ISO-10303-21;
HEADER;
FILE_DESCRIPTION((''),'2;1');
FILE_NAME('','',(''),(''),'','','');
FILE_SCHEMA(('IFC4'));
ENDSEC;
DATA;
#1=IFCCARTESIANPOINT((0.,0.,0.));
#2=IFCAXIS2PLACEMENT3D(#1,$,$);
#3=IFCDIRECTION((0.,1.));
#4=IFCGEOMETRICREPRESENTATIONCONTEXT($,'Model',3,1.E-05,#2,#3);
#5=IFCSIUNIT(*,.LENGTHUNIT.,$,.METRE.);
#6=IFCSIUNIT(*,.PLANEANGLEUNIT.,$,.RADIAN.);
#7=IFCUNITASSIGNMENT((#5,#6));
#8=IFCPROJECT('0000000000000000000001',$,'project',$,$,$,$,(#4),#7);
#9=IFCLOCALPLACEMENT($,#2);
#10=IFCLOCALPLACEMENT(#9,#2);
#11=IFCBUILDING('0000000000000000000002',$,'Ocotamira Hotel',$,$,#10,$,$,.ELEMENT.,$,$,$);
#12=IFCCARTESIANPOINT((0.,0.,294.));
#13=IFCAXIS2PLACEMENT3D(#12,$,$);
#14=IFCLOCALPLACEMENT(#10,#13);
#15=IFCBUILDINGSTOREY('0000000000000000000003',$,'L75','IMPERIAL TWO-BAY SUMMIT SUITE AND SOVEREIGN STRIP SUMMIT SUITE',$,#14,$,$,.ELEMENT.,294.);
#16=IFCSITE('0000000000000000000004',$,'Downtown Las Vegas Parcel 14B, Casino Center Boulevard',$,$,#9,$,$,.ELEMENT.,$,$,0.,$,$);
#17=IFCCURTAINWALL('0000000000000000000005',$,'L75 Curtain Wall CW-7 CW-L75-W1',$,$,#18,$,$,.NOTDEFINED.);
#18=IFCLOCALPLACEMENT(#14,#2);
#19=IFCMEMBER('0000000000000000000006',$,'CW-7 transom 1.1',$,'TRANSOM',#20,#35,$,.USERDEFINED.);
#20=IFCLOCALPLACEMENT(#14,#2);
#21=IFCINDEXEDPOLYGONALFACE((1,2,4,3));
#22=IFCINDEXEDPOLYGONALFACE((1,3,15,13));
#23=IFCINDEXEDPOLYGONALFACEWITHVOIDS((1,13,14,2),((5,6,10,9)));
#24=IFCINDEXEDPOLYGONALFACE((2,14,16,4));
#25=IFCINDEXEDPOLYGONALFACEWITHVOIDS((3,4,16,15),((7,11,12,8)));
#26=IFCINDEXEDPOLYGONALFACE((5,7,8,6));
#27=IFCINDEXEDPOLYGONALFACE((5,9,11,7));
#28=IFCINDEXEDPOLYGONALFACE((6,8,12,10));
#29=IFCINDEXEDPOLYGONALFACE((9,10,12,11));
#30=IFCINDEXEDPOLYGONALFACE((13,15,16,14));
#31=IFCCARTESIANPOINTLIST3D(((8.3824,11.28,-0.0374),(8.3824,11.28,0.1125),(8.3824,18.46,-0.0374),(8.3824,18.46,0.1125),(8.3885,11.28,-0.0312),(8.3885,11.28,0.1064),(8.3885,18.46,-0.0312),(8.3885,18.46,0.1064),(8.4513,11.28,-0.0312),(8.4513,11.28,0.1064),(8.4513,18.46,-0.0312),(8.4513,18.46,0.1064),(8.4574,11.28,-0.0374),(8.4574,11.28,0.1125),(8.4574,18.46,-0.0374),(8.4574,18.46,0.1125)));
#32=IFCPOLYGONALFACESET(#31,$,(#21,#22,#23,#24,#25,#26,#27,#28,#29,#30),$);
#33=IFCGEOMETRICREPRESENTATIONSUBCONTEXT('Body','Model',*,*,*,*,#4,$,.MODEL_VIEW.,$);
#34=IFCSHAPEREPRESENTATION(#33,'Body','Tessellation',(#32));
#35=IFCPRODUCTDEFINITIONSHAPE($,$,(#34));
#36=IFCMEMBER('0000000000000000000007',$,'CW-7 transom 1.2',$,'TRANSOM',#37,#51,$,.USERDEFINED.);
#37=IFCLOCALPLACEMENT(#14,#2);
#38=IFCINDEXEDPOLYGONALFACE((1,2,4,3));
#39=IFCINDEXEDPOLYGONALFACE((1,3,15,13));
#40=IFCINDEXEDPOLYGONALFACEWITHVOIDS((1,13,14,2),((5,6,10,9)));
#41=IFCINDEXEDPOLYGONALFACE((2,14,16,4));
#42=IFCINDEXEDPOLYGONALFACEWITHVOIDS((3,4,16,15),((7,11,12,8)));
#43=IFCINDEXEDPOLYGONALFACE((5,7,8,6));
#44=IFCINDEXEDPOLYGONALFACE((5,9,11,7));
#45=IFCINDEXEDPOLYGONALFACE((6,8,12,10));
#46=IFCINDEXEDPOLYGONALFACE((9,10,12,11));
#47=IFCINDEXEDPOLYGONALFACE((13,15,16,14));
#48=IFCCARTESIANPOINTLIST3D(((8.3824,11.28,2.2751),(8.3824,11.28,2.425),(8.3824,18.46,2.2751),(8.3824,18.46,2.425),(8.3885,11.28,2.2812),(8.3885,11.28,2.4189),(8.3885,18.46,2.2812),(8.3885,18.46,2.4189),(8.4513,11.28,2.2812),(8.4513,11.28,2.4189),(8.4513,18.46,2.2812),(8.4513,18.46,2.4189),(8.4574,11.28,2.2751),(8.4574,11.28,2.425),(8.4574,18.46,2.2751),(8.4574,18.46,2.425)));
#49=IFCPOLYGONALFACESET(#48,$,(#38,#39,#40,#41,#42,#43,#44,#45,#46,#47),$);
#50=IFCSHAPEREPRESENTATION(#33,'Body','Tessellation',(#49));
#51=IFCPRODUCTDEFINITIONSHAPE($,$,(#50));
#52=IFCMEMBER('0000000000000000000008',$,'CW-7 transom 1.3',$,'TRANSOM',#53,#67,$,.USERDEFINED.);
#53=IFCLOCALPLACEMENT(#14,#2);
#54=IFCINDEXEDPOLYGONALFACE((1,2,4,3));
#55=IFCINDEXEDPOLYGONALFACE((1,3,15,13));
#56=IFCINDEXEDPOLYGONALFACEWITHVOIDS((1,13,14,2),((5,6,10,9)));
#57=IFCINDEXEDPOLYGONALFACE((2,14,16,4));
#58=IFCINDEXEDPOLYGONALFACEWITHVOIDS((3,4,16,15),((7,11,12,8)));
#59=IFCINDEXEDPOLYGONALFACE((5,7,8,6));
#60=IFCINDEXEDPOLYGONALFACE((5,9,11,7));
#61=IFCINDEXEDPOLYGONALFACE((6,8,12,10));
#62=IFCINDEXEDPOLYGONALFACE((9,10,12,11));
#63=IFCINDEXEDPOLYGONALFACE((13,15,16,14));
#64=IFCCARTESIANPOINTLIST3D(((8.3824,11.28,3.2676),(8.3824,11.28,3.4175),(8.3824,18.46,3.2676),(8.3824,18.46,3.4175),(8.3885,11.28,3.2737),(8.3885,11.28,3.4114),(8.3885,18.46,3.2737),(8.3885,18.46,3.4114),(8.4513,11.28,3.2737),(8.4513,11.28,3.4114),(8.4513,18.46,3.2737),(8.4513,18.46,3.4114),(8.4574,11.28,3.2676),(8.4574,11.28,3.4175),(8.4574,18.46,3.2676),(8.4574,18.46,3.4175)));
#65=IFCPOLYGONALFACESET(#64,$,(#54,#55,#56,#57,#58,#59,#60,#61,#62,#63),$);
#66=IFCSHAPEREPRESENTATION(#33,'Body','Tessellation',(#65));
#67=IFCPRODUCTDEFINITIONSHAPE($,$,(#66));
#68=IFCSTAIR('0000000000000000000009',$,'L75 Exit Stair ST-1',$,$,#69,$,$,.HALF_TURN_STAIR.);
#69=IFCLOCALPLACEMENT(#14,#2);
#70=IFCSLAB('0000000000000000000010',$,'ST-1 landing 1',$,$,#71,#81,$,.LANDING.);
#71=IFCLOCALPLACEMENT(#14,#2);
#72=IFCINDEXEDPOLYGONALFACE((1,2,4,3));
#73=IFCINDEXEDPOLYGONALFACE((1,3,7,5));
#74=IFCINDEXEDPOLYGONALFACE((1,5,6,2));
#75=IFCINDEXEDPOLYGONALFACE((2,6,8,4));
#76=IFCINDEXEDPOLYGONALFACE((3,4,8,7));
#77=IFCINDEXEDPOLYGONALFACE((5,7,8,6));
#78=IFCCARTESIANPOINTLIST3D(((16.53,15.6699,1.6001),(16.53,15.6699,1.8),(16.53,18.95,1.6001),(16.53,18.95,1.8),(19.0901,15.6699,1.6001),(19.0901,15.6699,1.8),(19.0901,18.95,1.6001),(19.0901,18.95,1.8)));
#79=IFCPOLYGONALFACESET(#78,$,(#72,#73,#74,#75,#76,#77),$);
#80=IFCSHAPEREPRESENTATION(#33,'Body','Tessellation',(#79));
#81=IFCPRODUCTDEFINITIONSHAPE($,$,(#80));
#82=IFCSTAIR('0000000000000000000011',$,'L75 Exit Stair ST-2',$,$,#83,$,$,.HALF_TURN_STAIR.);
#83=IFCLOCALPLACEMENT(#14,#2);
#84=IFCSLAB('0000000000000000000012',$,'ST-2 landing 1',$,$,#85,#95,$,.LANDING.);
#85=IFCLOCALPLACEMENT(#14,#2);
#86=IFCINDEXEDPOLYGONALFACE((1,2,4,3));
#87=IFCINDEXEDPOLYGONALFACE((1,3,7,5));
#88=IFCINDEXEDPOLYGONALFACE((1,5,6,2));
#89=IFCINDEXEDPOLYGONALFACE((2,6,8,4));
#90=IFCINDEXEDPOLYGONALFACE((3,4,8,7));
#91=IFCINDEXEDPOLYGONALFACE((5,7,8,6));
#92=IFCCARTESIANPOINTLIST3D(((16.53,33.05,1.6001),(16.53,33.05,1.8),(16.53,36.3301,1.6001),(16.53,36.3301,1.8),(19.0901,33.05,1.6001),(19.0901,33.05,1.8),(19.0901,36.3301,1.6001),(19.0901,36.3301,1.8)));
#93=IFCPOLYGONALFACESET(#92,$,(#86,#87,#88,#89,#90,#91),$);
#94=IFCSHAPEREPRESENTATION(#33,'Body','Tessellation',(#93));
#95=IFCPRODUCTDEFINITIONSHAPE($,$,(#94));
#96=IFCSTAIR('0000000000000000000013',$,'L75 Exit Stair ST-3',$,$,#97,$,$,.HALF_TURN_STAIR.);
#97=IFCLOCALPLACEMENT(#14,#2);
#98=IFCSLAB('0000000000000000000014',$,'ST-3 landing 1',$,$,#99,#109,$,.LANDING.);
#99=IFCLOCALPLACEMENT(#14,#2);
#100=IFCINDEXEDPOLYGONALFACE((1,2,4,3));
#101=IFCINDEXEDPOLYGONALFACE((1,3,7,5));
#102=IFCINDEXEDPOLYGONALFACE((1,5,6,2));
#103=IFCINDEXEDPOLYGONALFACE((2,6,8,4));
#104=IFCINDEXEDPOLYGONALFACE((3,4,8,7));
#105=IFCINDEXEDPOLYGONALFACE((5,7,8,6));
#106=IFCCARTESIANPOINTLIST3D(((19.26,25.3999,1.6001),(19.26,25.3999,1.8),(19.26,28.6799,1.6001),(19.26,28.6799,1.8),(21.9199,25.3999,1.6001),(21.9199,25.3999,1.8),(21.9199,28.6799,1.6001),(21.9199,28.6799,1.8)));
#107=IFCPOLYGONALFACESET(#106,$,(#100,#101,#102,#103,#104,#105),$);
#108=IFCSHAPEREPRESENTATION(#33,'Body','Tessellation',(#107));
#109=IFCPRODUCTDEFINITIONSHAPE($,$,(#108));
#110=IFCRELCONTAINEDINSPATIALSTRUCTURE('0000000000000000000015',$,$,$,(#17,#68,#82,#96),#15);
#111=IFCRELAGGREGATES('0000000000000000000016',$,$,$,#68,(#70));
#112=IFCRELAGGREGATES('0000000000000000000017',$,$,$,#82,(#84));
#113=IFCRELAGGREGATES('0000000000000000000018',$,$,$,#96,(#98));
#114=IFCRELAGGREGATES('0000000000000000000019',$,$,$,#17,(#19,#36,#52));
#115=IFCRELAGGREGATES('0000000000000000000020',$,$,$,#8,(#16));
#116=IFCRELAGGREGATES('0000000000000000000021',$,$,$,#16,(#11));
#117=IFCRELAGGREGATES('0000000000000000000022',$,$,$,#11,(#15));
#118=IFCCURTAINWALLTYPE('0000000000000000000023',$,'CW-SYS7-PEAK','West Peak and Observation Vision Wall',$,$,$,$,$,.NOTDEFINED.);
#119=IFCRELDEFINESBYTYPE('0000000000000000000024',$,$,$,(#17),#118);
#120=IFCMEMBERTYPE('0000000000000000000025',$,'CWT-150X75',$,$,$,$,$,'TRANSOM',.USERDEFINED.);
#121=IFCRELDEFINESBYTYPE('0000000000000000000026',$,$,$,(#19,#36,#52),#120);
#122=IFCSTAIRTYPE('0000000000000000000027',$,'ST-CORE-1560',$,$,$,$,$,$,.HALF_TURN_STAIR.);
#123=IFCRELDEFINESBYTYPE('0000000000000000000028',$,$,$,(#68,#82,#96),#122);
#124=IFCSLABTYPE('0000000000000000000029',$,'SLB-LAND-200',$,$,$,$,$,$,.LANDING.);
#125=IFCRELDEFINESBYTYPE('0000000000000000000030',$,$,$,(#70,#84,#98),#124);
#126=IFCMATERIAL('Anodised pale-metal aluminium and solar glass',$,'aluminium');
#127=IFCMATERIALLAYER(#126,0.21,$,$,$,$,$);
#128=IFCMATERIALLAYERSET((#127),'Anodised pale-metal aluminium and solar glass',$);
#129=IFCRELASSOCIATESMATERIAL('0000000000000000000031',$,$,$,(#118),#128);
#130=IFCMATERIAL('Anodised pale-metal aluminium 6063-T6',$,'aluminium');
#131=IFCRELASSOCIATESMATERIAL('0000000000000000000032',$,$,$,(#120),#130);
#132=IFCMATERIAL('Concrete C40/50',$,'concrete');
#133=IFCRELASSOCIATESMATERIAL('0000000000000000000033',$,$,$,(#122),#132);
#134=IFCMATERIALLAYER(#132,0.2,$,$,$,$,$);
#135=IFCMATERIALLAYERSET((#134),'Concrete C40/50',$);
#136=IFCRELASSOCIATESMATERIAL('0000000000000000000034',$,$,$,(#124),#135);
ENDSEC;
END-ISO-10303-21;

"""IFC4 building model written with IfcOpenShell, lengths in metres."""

from ifc_helpers import new_model, si_unit, direction, frame, origin, origin_2d, place, context, subcontext, project, spatial, polyline, hollow_rectangle, outline, extrude, source, transform, mapped, material, layer, layer_set, material_profile, profile_set, type_object, element, aggregate, save


model = new_model("IFC4")

# Units and contexts
model_context = context("Model", 3, precision=1e-05, world=origin(), true_north=direction((0.0, 1.0)))
body_context = subcontext(model_context, "Body", "Model", "MODEL_VIEW")
ifc_project = project(units=[si_unit("LENGTHUNIT", "METRE"), si_unit("PLANEANGLEUNIT", "RADIAN")], contexts=[model_context])

# Site, building, storey
site_placement = place(None, origin())
site = spatial("IfcSite", under=ifc_project, at=site_placement, Name="Downtown Las Vegas Parcel 14B, Casino Center Boulevard", CompositionType="ELEMENT", RefElevation=0.0)
building_placement = place(site_placement, origin())
building = spatial("IfcBuilding", under=site, at=building_placement, Name="Ocotamira Hotel", CompositionType="ELEMENT")
storey_placement = place(building_placement, frame((0.0, 0.0, 294.0)))
storey = spatial("IfcBuildingStorey", under=building, at=storey_placement, Name="L75", Description="IMPERIAL TWO-BAY SUMMIT SUITE AND SOVEREIGN STRIP SUMMIT SUITE", CompositionType="ELEMENT", Elevation=294.0)

# Curtain wall, members
ifc_material_1 = material(Name="Anodised pale-metal aluminium and solar glass", Category="aluminium")
ifc_layer_1 = layer(ifc_material_1, 0.21)
ifc_layer_set_1 = layer_set([ifc_layer_1], Name="Anodised pale-metal aluminium and solar glass")
curtain_wall_type = type_object("IfcCurtainWallType", Name="CW-SYS7-PEAK", Description="West Peak and Observation Vision Wall", PredefinedType="NOTDEFINED", material=ifc_layer_set_1)
curtain_wall_placement = place(storey_placement, origin())
curtain_wall = element("IfcCurtainWall", 1, at=curtain_wall_placement, inside=storey, type_object=curtain_wall_type, Name="L75 Curtain Wall CW-7 CW-L75-W1", PredefinedType="NOTDEFINED")
ifc_material_2 = material(Name="Anodised pale-metal aluminium 6063-T6", Category="aluminium")
ifc_material_profile_1 = material_profile(ifc_material_2, hollow_rectangle(XDim=0.075, YDim=0.1499, WallThickness=0.0061, at=origin_2d()), Name="HSS150X75X6")
ifc_profile_set_1 = profile_set([ifc_material_profile_1], Name="Anodised pale-metal aluminium 6063-T6")
member_type_1 = type_object("IfcMemberType", Name="CWT-150X75", ElementType="TRANSOM", PredefinedType="USERDEFINED", material=ifc_profile_set_1)
shared_shape_1 = source(origin(), body_context, "Body", "SweptSolid", [
    extrude(hollow_rectangle(XDim=0.075, YDim=0.1499, WallThickness=0.0061, at=origin_2d()), origin(), (0.0, 0.0, 1.0), 7.1799),
])
member_1_placement = place(storey_placement, frame((8.4199, 11.28, 0.0376), z_axis=(0.0, 1.0, 0.0), x_axis=(-1.0, 0.0, 0.0)))
member_1 = element("IfcMember", 2, at=member_1_placement, type_object=member_type_1, Name="CW-7 transom 1.1", ObjectType="TRANSOM", PredefinedType="USERDEFINED", context=body_context, shape_type="MappedRepresentation", body=[
    mapped(shared_shape_1, transform((0.0, 0.0, 0.0), scale=1.0)),
])
member_2_placement = place(storey_placement, frame((8.4199, 11.28, 2.3501), z_axis=(0.0, 1.0, 0.0), x_axis=(-1.0, 0.0, 0.0)))
member_2 = element("IfcMember", 3, at=member_2_placement, type_object=member_type_1, Name="CW-7 transom 1.2", ObjectType="TRANSOM", PredefinedType="USERDEFINED", context=body_context, shape_type="MappedRepresentation", body=[
    mapped(shared_shape_1, transform((0.0, 0.0, 0.0), scale=1.0)),
])
member_3_placement = place(storey_placement, frame((8.4199, 11.28, 3.3425), z_axis=(0.0, 1.0, 0.0), x_axis=(-1.0, 0.0, 0.0)))
member_3 = element("IfcMember", 4, at=member_3_placement, type_object=member_type_1, Name="CW-7 transom 1.3", ObjectType="TRANSOM", PredefinedType="USERDEFINED", context=body_context, shape_type="MappedRepresentation", body=[
    mapped(shared_shape_1, transform((0.0, 0.0, 0.0), scale=1.0)),
])

# Stairs, slabs
ifc_material_3 = material(Name="Concrete C40/50", Category="concrete")
stair_type = type_object("IfcStairType", Name="ST-CORE-1560", PredefinedType="HALF_TURN_STAIR", material=ifc_material_3)
stair_1_placement = place(storey_placement, origin())
stair_1 = element("IfcStair", 5, at=stair_1_placement, inside=storey, type_object=stair_type, Name="L75 Exit Stair ST-1", PredefinedType="HALF_TURN_STAIR")
ifc_layer_2 = layer(ifc_material_3, 0.2)
ifc_layer_set_2 = layer_set([ifc_layer_2], Name="Concrete C40/50")
slab_type_1 = type_object("IfcSlabType", Name="SLB-LAND-200", PredefinedType="LANDING", material=ifc_layer_set_2)
slab_1_placement = place(storey_placement, frame((0.0, 0.0, 1.6001)))
slab_1 = element("IfcSlab", 6, at=slab_1_placement, type_object=slab_type_1, Name="ST-1 landing 1", PredefinedType="LANDING", context=body_context, shape_type="SweptSolid", body=[
    extrude(outline(polyline([(16.53, 15.6699), (19.0901, 15.6699), (19.0901, 18.95), (16.53, 18.95), (16.53, 15.6699)])), origin(), (0.0, 0.0, 1.0), 0.2),
])
aggregate(stair_1, [slab_1])
stair_2_placement = place(storey_placement, origin())
stair_2 = element("IfcStair", 7, at=stair_2_placement, inside=storey, type_object=stair_type, Name="L75 Exit Stair ST-2", PredefinedType="HALF_TURN_STAIR")
slab_2_placement = place(storey_placement, frame((0.0, 0.0, 1.6001)))
slab_2 = element("IfcSlab", 8, at=slab_2_placement, type_object=slab_type_1, Name="ST-2 landing 1", PredefinedType="LANDING", context=body_context, shape_type="SweptSolid", body=[
    extrude(outline(polyline([(16.53, 33.05), (19.0901, 33.05), (19.0901, 36.3301), (16.53, 36.3301), (16.53, 33.05)])), origin(), (0.0, 0.0, 1.0), 0.2),
])
aggregate(stair_2, [slab_2])
stair_3_placement = place(storey_placement, origin())
stair_3 = element("IfcStair", 9, at=stair_3_placement, inside=storey, type_object=stair_type, Name="L75 Exit Stair ST-3", PredefinedType="HALF_TURN_STAIR")
slab_3_placement = place(storey_placement, frame((0.0, 0.0, 1.6001)))
slab_3 = element("IfcSlab", 10, at=slab_3_placement, type_object=slab_type_1, Name="ST-3 landing 1", PredefinedType="LANDING", context=body_context, shape_type="SweptSolid", body=[
    extrude(outline(polyline([(19.26, 25.3999), (21.9199, 25.3999), (21.9199, 28.6799), (19.26, 28.6799), (19.26, 25.3999)])), origin(), (0.0, 0.0, 1.0), 0.2),
])
aggregate(stair_3, [slab_3])

aggregate(curtain_wall, [member_1, member_2, member_3])

save(model, "model.ifc")
